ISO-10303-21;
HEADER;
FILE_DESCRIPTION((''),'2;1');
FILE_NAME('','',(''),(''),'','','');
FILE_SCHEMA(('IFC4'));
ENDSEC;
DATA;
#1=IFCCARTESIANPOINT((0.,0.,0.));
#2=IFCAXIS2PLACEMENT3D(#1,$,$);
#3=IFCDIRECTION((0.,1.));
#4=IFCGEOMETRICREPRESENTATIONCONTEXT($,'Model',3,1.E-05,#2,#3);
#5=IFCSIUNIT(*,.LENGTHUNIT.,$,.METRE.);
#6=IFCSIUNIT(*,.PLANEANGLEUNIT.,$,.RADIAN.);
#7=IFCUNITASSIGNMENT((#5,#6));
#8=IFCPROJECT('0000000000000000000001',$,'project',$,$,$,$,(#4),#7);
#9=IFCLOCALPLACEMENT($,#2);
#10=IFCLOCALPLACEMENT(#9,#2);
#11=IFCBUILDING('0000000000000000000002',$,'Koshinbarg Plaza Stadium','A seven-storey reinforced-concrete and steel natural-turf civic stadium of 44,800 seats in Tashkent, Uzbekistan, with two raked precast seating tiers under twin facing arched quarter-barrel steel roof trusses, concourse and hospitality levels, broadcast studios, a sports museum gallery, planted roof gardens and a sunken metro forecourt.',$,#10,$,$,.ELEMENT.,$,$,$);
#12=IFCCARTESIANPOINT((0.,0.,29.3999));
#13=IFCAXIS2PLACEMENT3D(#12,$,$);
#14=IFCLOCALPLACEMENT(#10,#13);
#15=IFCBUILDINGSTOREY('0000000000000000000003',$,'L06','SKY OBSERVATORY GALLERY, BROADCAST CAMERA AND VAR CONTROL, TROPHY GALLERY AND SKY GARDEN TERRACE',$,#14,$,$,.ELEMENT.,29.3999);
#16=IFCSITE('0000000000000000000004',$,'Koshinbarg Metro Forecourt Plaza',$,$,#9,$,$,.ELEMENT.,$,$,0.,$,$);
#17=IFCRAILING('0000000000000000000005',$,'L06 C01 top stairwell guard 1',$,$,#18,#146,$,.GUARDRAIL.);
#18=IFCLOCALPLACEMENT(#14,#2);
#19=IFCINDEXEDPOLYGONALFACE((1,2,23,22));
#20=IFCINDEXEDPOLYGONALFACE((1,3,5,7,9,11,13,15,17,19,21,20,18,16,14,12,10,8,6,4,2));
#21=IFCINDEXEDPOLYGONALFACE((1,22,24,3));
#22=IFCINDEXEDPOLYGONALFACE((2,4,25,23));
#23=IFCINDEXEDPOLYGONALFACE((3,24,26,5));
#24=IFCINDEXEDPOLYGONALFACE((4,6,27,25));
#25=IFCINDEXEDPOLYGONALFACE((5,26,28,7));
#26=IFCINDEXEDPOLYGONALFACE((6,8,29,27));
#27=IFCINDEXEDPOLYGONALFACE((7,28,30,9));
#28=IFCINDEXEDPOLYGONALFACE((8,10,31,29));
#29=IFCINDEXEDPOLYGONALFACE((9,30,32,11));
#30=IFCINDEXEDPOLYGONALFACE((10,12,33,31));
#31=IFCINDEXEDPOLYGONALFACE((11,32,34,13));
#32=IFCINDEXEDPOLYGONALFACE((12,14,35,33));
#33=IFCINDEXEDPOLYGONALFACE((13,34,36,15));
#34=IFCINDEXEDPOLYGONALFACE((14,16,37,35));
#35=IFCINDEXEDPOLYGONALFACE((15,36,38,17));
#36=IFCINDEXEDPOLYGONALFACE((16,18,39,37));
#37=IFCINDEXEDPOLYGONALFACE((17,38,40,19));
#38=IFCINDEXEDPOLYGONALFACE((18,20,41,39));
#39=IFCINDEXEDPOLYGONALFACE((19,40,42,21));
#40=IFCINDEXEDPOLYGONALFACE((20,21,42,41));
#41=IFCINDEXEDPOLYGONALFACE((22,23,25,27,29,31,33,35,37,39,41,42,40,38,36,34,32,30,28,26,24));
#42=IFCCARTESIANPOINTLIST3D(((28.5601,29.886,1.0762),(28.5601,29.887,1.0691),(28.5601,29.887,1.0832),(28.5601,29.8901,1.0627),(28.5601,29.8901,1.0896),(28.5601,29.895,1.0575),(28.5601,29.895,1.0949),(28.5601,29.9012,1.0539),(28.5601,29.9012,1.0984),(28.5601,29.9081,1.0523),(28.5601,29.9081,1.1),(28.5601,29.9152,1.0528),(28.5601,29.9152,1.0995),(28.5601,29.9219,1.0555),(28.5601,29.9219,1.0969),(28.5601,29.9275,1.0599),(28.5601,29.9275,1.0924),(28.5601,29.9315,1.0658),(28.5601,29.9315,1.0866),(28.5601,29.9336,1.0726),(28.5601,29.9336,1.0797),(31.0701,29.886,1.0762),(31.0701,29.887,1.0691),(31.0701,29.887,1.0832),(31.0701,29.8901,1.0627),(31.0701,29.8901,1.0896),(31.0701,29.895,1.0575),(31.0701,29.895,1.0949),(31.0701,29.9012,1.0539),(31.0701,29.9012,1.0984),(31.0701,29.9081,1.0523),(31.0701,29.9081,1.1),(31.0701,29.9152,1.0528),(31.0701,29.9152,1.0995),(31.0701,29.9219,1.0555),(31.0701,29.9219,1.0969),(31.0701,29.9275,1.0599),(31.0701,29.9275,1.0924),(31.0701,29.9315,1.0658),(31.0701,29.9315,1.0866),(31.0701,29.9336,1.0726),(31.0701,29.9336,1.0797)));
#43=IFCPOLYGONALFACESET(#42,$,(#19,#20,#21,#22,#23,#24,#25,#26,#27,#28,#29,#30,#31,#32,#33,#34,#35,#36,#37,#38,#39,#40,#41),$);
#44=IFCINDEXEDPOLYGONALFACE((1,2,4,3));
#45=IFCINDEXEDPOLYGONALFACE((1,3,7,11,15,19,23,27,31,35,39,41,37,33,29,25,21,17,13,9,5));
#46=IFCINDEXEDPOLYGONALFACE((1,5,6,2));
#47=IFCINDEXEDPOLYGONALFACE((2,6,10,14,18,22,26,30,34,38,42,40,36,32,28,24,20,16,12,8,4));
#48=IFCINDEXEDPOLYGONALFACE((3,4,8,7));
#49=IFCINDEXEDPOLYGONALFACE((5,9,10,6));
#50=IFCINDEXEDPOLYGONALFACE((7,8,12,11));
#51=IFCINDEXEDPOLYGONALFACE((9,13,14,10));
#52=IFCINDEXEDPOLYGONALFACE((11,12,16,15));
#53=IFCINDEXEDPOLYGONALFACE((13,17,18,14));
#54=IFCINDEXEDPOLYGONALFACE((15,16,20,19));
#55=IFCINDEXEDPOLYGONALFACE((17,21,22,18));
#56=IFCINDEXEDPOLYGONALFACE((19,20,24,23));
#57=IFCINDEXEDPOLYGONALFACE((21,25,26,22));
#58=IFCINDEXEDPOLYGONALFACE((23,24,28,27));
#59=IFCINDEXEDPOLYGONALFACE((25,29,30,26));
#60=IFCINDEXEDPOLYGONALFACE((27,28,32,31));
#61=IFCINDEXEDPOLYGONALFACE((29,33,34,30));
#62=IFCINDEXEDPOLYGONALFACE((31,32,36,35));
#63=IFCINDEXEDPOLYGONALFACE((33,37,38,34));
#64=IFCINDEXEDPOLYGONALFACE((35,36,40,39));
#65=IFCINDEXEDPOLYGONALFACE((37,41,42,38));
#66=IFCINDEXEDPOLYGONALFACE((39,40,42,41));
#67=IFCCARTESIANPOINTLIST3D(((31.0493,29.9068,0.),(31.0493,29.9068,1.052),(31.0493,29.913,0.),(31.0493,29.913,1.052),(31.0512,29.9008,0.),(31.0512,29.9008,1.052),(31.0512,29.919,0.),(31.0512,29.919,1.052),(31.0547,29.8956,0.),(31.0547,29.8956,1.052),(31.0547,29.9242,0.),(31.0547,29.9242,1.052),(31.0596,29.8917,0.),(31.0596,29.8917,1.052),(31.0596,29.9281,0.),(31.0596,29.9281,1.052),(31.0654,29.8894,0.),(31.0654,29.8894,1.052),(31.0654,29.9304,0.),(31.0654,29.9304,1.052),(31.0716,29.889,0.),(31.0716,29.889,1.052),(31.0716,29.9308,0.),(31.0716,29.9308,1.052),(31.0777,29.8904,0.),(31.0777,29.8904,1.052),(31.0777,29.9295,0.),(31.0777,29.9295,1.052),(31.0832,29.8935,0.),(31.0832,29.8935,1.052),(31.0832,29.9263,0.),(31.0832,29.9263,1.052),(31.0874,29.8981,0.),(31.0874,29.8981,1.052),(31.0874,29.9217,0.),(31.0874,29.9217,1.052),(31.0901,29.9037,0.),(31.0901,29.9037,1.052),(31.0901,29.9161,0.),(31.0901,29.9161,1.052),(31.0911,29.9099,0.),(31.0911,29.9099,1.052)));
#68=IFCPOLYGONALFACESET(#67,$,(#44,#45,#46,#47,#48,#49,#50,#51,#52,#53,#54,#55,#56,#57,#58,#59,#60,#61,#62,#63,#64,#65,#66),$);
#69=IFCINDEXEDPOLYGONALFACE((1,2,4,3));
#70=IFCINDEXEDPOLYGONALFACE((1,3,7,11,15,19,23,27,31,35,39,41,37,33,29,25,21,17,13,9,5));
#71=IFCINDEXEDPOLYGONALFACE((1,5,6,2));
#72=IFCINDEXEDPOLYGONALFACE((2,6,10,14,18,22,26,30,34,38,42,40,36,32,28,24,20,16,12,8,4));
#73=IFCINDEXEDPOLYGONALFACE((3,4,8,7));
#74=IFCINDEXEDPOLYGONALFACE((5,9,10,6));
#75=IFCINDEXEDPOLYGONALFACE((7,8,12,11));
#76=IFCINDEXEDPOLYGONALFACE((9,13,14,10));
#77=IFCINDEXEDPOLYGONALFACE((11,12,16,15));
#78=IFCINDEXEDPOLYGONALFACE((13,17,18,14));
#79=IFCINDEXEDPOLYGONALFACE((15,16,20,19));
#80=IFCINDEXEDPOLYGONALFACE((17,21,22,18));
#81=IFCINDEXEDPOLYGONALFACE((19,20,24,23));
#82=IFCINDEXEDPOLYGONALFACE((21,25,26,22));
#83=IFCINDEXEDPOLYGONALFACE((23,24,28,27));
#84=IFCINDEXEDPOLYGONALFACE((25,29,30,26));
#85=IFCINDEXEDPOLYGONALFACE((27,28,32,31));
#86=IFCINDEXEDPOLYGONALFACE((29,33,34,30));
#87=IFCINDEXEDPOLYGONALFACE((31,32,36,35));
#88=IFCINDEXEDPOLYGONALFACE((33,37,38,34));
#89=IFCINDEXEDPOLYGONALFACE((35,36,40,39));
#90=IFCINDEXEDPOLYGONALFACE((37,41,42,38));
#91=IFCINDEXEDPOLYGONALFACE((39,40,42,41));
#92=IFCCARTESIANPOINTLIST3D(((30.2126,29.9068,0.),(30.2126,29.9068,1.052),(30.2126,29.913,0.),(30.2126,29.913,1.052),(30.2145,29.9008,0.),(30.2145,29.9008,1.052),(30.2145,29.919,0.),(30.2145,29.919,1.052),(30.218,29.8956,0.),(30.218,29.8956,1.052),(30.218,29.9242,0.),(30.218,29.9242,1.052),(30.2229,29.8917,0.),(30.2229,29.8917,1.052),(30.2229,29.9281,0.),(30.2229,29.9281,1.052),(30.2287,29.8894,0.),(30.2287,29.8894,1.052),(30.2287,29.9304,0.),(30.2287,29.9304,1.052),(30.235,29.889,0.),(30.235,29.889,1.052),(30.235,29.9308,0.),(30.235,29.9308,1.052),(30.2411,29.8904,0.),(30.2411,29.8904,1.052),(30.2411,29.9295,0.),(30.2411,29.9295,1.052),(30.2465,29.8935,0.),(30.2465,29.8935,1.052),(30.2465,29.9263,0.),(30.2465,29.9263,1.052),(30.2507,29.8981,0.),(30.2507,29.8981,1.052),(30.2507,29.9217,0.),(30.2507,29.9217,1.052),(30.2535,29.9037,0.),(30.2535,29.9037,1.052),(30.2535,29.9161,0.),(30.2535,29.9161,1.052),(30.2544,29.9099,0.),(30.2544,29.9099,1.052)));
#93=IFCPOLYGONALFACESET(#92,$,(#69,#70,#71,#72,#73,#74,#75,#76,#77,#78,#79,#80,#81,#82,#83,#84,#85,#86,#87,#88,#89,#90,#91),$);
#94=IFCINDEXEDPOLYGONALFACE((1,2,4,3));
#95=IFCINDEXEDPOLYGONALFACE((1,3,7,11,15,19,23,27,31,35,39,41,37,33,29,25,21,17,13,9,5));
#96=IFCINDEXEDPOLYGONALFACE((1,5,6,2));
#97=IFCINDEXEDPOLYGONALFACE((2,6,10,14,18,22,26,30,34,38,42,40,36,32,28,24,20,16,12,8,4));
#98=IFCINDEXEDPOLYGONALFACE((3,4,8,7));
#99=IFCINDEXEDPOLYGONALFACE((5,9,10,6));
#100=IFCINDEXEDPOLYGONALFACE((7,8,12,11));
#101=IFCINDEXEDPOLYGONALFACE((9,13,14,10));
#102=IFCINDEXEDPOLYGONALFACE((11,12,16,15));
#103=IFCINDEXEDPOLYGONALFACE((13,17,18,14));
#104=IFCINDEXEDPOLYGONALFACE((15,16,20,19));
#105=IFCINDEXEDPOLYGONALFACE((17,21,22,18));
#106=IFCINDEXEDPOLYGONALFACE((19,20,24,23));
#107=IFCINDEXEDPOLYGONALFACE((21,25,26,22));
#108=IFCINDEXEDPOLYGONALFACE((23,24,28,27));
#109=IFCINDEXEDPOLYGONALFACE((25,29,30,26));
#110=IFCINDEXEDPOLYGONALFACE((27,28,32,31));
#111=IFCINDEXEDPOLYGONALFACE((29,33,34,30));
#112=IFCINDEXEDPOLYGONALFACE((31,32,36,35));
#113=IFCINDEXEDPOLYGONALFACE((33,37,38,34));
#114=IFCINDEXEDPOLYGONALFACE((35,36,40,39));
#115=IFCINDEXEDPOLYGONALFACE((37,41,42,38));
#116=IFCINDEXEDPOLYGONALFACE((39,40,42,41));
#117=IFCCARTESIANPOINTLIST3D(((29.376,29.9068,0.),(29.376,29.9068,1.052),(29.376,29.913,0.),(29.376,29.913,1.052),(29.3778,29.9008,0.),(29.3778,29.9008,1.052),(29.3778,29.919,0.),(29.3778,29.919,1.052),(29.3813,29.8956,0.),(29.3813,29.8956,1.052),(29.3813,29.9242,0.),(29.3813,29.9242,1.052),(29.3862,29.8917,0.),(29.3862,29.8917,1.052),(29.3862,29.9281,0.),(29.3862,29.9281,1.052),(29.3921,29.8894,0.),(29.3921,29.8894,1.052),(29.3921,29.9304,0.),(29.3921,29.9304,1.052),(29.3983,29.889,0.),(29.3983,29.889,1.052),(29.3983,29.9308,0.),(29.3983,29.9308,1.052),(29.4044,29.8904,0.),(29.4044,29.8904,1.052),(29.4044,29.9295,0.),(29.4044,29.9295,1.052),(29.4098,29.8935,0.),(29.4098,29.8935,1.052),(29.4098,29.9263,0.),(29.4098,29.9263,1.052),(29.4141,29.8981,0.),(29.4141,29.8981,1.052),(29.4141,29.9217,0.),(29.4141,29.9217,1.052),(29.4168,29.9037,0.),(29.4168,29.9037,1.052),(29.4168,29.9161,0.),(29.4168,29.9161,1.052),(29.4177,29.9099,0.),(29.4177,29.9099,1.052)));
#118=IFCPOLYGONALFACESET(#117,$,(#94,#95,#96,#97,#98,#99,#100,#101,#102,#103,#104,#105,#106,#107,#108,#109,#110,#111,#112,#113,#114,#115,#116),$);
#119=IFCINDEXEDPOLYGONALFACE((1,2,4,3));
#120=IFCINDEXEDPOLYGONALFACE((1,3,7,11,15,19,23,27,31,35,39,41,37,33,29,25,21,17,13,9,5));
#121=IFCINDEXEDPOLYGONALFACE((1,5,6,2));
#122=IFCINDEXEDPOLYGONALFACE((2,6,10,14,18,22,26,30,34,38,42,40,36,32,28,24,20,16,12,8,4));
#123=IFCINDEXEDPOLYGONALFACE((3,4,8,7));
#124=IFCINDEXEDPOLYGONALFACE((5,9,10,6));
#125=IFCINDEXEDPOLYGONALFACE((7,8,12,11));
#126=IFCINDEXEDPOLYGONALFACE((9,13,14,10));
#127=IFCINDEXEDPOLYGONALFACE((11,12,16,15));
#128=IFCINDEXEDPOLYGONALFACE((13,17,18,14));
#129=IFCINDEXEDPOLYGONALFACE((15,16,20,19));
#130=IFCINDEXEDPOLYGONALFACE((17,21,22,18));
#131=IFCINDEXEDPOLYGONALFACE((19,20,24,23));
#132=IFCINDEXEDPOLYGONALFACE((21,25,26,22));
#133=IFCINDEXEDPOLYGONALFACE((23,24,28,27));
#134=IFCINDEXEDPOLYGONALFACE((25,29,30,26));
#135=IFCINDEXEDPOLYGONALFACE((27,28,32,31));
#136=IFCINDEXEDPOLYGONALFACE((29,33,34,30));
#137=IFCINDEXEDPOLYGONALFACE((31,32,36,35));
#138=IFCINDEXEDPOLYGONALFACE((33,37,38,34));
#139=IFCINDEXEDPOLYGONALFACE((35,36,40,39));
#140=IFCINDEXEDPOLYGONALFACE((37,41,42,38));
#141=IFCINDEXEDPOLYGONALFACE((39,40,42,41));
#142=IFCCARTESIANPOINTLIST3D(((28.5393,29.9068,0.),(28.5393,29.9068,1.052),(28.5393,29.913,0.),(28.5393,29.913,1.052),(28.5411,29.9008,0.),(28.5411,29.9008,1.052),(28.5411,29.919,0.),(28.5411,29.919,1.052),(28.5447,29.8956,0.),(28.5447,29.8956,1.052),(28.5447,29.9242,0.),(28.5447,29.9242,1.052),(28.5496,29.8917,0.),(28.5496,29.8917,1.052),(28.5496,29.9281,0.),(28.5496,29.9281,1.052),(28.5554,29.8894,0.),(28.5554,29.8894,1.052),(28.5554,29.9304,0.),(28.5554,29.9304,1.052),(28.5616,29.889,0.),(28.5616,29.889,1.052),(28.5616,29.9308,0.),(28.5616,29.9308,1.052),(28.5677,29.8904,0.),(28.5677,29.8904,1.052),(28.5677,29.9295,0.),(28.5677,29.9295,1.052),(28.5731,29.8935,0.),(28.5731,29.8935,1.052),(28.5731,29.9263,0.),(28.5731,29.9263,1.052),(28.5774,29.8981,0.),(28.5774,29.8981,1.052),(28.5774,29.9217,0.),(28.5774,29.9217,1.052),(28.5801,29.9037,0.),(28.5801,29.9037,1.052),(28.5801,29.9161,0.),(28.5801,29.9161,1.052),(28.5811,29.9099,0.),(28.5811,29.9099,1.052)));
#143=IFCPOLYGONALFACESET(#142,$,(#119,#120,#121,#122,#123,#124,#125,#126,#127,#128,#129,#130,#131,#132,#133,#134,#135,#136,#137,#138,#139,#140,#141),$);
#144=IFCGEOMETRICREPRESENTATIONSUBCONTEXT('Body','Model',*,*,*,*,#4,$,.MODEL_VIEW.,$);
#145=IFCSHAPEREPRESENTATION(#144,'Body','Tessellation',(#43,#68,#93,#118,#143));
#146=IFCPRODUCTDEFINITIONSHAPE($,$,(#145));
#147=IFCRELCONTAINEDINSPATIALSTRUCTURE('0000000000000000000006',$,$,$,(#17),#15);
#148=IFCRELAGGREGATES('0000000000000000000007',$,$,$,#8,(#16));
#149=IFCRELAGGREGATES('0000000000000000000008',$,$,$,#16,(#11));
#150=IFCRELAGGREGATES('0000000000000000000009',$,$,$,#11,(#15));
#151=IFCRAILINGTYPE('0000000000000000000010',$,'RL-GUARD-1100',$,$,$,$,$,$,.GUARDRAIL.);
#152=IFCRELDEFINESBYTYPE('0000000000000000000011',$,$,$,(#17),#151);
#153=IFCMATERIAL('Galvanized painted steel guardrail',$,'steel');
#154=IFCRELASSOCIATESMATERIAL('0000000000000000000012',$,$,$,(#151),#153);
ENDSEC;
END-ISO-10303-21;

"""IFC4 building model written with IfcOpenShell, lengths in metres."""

from ifc_helpers import new_model, si_unit, direction, frame, origin, origin_2d, place, context, subcontext, project, spatial, circle, extrude, material, type_object, element, save


model = new_model("IFC4")

# Units and contexts
model_context = context("Model", 3, precision=1e-05, world=origin(), true_north=direction((0.0, 1.0)))
body_context = subcontext(model_context, "Body", "Model", "MODEL_VIEW")
ifc_project = project(units=[si_unit("LENGTHUNIT", "METRE"), si_unit("PLANEANGLEUNIT", "RADIAN")], contexts=[model_context])

# Site, building, storey
site_placement = place(None, origin())
site = spatial("IfcSite", under=ifc_project, at=site_placement, Name="Koshinbarg Metro Forecourt Plaza", CompositionType="ELEMENT", RefElevation=0.0)
building_placement = place(site_placement, origin())
building = spatial("IfcBuilding", under=site, at=building_placement, Name="Koshinbarg Plaza Stadium", Description="A seven-storey reinforced-concrete and steel natural-turf civic stadium of 44,800 seats in Tashkent, Uzbekistan, with two raked precast seating tiers under twin facing arched quarter-barrel steel roof trusses, concourse and hospitality levels, broadcast studios, a sports museum gallery, planted roof gardens and a sunken metro forecourt.", CompositionType="ELEMENT")
storey_placement = place(building_placement, frame((0.0, 0.0, 29.3999)))
storey = spatial("IfcBuildingStorey", under=building, at=storey_placement, Name="L06", Description="SKY OBSERVATORY GALLERY, BROADCAST CAMERA AND VAR CONTROL, TROPHY GALLERY AND SKY GARDEN TERRACE", CompositionType="ELEMENT", Elevation=29.3999)

# Railing
ifc_material_1 = material(Name="Galvanized painted steel guardrail", Category="steel")
railing_type_1 = type_object("IfcRailingType", Name="RL-GUARD-1100", PredefinedType="GUARDRAIL", material=ifc_material_1)
railing_1_placement = place(storey_placement, frame((31.0701, 29.9099, 0.0)))
element("IfcRailing", 1, at=railing_1_placement, inside=storey, type_object=railing_type_1, Name="L06 C01 top stairwell guard 1", PredefinedType="GUARDRAIL", context=body_context, shape_type="SweptSolid", body=[
    extrude(circle(Radius=0.0239, at=origin_2d()), frame((0.0, 0.0, 1.0762), z_axis=(-1.0, 0.0, 0.0), x_axis=(0.0, -1.0, 0.0)), (0.0, 0.0, 1.0), 2.51),
    extrude(circle(Radius=0.021, at=origin_2d()), origin(), (0.0, 0.0, 1.0), 1.052),
    extrude(circle(Radius=0.021, at=origin_2d()), frame((-0.8367, 0.0, 0.0)), (0.0, 0.0, 1.0), 1.052),
    extrude(circle(Radius=0.021, at=origin_2d()), frame((-1.6733, 0.0, 0.0)), (0.0, 0.0, 1.0), 1.052),
    extrude(circle(Radius=0.021, at=origin_2d()), frame((-2.51, 0.0, 0.0)), (0.0, 0.0, 1.0), 1.052),
])

save(model, "model.ifc")
